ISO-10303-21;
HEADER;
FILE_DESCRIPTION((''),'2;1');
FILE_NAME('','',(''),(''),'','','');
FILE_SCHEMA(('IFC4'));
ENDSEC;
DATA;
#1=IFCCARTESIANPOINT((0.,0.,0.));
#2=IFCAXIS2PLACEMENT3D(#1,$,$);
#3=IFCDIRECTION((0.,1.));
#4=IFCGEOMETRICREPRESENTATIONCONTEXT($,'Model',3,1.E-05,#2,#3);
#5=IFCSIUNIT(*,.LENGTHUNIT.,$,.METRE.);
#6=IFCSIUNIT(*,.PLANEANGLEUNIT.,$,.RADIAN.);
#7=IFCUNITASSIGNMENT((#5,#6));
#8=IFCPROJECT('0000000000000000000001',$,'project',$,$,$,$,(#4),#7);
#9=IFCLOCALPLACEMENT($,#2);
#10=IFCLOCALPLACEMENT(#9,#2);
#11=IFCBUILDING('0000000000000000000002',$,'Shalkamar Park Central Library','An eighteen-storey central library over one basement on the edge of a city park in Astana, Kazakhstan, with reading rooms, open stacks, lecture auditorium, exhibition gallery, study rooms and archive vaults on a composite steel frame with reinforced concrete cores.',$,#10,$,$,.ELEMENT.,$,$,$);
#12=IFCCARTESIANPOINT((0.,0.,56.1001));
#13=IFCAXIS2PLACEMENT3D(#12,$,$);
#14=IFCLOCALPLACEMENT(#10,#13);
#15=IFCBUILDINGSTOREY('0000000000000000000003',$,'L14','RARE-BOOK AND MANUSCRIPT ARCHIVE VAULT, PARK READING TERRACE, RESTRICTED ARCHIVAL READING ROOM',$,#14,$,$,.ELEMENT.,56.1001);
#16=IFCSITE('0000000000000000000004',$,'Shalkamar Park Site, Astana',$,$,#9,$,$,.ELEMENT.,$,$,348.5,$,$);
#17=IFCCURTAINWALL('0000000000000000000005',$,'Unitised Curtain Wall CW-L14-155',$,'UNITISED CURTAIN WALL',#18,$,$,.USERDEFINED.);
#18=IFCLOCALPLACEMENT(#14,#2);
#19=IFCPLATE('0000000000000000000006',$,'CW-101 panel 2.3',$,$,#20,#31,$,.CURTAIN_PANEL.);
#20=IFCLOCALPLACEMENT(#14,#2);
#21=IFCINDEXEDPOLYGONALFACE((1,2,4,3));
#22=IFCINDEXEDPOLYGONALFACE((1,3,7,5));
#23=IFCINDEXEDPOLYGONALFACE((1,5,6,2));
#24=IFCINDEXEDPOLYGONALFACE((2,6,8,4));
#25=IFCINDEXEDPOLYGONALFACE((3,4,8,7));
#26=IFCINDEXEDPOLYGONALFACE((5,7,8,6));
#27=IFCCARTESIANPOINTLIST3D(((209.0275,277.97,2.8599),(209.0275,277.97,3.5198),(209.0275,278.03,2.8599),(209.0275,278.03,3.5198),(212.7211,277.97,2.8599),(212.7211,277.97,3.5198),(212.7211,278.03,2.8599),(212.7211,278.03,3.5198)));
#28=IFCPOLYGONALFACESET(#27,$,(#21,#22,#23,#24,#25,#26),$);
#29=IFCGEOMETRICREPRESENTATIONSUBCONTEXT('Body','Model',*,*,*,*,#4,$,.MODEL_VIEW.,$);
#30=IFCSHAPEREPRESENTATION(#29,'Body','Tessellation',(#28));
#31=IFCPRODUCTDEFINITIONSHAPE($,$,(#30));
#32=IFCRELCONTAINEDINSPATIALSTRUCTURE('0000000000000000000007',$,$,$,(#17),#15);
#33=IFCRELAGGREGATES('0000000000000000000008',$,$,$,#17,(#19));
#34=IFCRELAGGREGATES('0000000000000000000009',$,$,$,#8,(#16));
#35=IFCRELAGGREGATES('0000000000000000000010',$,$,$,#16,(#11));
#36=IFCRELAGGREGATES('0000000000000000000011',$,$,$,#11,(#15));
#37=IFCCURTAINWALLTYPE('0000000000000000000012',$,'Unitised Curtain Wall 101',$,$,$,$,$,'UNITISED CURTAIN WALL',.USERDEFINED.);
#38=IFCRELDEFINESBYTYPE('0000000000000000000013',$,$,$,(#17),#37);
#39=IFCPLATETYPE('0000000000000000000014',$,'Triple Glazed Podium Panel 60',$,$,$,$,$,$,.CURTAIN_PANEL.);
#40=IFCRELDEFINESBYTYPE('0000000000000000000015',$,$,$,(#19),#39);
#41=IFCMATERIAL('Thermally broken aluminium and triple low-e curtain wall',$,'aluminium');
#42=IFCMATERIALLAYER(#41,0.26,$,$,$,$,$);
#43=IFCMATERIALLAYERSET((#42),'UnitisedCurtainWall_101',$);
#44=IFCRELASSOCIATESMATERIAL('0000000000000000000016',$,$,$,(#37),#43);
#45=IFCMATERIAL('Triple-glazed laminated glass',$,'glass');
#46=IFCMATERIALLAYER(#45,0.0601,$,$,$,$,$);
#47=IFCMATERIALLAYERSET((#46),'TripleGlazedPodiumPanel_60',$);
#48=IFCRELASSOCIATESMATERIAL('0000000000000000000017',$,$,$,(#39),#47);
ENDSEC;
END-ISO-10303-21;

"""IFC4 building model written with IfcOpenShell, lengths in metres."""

from ifc_helpers import new_model, si_unit, direction, frame, origin, origin_2d, place, context, subcontext, project, spatial, rectangle, extrude, material, layer, layer_set, type_object, element, aggregate, save


model = new_model("IFC4")

# Units and contexts
model_context = context("Model", 3, precision=1e-05, world=origin(), true_north=direction((0.0, 1.0)))
body_context = subcontext(model_context, "Body", "Model", "MODEL_VIEW")
ifc_project = project(units=[si_unit("LENGTHUNIT", "METRE"), si_unit("PLANEANGLEUNIT", "RADIAN")], contexts=[model_context])

# Site, building, storey
site_placement = place(None, origin())
site = spatial("IfcSite", under=ifc_project, at=site_placement, Name="Shalkamar Park Site, Astana", CompositionType="ELEMENT", RefElevation=348.5)
building_placement = place(site_placement, origin())
building = spatial("IfcBuilding", under=site, at=building_placement, Name="Shalkamar Park Central Library", Description="An eighteen-storey central library over one basement on the edge of a city park in Astana, Kazakhstan, with reading rooms, open stacks, lecture auditorium, exhibition gallery, study rooms and archive vaults on a composite steel frame with reinforced concrete cores.", CompositionType="ELEMENT")
storey_placement = place(building_placement, frame((0.0, 0.0, 56.1001)))
storey = spatial("IfcBuildingStorey", under=building, at=storey_placement, Name="L14", Description="RARE-BOOK AND MANUSCRIPT ARCHIVE VAULT, PARK READING TERRACE, RESTRICTED ARCHIVAL READING ROOM", CompositionType="ELEMENT", Elevation=56.1001)

# Curtain wall
ifc_material_1 = material(Name="Thermally broken aluminium and triple low-e curtain wall", Category="aluminium")
ifc_layer_1 = layer(ifc_material_1, 0.26)
ifc_layer_set_1 = layer_set([ifc_layer_1], Name="UnitisedCurtainWall_101")
curtain_wall_type = type_object("IfcCurtainWallType", Name="Unitised Curtain Wall 101", ElementType="UNITISED CURTAIN WALL", PredefinedType="USERDEFINED", material=ifc_layer_set_1)
curtain_wall_placement = place(storey_placement, origin())
curtain_wall = element("IfcCurtainWall", 1, at=curtain_wall_placement, inside=storey, type_object=curtain_wall_type, Name="Unitised Curtain Wall CW-L14-155", ObjectType="UNITISED CURTAIN WALL", PredefinedType="USERDEFINED")

# Plate
ifc_material_2 = material(Name="Triple-glazed laminated glass", Category="glass")
ifc_layer_2 = layer(ifc_material_2, 0.0601)
ifc_layer_set_2 = layer_set([ifc_layer_2], Name="TripleGlazedPodiumPanel_60")
plate_type = type_object("IfcPlateType", Name="Triple Glazed Podium Panel 60", PredefinedType="CURTAIN_PANEL", material=ifc_layer_set_2)
plate_1_placement = place(storey_placement, frame((210.8743, 278.0, 2.8599), z_axis=(0.0, 0.0, 1.0), x_axis=(1.0, 0.0, 0.0)))
plate_1 = element("IfcPlate", 2, at=plate_1_placement, type_object=plate_type, Name="CW-101 panel 2.3", PredefinedType="CURTAIN_PANEL", context=body_context, shape_type="SweptSolid", body=[
    extrude(rectangle(XDim=3.6936, YDim=0.0601, at=origin_2d()), origin(), (0.0, 0.0, 1.0), 0.6599),
])
aggregate(curtain_wall, [plate_1])

save(model, "model.ifc")
